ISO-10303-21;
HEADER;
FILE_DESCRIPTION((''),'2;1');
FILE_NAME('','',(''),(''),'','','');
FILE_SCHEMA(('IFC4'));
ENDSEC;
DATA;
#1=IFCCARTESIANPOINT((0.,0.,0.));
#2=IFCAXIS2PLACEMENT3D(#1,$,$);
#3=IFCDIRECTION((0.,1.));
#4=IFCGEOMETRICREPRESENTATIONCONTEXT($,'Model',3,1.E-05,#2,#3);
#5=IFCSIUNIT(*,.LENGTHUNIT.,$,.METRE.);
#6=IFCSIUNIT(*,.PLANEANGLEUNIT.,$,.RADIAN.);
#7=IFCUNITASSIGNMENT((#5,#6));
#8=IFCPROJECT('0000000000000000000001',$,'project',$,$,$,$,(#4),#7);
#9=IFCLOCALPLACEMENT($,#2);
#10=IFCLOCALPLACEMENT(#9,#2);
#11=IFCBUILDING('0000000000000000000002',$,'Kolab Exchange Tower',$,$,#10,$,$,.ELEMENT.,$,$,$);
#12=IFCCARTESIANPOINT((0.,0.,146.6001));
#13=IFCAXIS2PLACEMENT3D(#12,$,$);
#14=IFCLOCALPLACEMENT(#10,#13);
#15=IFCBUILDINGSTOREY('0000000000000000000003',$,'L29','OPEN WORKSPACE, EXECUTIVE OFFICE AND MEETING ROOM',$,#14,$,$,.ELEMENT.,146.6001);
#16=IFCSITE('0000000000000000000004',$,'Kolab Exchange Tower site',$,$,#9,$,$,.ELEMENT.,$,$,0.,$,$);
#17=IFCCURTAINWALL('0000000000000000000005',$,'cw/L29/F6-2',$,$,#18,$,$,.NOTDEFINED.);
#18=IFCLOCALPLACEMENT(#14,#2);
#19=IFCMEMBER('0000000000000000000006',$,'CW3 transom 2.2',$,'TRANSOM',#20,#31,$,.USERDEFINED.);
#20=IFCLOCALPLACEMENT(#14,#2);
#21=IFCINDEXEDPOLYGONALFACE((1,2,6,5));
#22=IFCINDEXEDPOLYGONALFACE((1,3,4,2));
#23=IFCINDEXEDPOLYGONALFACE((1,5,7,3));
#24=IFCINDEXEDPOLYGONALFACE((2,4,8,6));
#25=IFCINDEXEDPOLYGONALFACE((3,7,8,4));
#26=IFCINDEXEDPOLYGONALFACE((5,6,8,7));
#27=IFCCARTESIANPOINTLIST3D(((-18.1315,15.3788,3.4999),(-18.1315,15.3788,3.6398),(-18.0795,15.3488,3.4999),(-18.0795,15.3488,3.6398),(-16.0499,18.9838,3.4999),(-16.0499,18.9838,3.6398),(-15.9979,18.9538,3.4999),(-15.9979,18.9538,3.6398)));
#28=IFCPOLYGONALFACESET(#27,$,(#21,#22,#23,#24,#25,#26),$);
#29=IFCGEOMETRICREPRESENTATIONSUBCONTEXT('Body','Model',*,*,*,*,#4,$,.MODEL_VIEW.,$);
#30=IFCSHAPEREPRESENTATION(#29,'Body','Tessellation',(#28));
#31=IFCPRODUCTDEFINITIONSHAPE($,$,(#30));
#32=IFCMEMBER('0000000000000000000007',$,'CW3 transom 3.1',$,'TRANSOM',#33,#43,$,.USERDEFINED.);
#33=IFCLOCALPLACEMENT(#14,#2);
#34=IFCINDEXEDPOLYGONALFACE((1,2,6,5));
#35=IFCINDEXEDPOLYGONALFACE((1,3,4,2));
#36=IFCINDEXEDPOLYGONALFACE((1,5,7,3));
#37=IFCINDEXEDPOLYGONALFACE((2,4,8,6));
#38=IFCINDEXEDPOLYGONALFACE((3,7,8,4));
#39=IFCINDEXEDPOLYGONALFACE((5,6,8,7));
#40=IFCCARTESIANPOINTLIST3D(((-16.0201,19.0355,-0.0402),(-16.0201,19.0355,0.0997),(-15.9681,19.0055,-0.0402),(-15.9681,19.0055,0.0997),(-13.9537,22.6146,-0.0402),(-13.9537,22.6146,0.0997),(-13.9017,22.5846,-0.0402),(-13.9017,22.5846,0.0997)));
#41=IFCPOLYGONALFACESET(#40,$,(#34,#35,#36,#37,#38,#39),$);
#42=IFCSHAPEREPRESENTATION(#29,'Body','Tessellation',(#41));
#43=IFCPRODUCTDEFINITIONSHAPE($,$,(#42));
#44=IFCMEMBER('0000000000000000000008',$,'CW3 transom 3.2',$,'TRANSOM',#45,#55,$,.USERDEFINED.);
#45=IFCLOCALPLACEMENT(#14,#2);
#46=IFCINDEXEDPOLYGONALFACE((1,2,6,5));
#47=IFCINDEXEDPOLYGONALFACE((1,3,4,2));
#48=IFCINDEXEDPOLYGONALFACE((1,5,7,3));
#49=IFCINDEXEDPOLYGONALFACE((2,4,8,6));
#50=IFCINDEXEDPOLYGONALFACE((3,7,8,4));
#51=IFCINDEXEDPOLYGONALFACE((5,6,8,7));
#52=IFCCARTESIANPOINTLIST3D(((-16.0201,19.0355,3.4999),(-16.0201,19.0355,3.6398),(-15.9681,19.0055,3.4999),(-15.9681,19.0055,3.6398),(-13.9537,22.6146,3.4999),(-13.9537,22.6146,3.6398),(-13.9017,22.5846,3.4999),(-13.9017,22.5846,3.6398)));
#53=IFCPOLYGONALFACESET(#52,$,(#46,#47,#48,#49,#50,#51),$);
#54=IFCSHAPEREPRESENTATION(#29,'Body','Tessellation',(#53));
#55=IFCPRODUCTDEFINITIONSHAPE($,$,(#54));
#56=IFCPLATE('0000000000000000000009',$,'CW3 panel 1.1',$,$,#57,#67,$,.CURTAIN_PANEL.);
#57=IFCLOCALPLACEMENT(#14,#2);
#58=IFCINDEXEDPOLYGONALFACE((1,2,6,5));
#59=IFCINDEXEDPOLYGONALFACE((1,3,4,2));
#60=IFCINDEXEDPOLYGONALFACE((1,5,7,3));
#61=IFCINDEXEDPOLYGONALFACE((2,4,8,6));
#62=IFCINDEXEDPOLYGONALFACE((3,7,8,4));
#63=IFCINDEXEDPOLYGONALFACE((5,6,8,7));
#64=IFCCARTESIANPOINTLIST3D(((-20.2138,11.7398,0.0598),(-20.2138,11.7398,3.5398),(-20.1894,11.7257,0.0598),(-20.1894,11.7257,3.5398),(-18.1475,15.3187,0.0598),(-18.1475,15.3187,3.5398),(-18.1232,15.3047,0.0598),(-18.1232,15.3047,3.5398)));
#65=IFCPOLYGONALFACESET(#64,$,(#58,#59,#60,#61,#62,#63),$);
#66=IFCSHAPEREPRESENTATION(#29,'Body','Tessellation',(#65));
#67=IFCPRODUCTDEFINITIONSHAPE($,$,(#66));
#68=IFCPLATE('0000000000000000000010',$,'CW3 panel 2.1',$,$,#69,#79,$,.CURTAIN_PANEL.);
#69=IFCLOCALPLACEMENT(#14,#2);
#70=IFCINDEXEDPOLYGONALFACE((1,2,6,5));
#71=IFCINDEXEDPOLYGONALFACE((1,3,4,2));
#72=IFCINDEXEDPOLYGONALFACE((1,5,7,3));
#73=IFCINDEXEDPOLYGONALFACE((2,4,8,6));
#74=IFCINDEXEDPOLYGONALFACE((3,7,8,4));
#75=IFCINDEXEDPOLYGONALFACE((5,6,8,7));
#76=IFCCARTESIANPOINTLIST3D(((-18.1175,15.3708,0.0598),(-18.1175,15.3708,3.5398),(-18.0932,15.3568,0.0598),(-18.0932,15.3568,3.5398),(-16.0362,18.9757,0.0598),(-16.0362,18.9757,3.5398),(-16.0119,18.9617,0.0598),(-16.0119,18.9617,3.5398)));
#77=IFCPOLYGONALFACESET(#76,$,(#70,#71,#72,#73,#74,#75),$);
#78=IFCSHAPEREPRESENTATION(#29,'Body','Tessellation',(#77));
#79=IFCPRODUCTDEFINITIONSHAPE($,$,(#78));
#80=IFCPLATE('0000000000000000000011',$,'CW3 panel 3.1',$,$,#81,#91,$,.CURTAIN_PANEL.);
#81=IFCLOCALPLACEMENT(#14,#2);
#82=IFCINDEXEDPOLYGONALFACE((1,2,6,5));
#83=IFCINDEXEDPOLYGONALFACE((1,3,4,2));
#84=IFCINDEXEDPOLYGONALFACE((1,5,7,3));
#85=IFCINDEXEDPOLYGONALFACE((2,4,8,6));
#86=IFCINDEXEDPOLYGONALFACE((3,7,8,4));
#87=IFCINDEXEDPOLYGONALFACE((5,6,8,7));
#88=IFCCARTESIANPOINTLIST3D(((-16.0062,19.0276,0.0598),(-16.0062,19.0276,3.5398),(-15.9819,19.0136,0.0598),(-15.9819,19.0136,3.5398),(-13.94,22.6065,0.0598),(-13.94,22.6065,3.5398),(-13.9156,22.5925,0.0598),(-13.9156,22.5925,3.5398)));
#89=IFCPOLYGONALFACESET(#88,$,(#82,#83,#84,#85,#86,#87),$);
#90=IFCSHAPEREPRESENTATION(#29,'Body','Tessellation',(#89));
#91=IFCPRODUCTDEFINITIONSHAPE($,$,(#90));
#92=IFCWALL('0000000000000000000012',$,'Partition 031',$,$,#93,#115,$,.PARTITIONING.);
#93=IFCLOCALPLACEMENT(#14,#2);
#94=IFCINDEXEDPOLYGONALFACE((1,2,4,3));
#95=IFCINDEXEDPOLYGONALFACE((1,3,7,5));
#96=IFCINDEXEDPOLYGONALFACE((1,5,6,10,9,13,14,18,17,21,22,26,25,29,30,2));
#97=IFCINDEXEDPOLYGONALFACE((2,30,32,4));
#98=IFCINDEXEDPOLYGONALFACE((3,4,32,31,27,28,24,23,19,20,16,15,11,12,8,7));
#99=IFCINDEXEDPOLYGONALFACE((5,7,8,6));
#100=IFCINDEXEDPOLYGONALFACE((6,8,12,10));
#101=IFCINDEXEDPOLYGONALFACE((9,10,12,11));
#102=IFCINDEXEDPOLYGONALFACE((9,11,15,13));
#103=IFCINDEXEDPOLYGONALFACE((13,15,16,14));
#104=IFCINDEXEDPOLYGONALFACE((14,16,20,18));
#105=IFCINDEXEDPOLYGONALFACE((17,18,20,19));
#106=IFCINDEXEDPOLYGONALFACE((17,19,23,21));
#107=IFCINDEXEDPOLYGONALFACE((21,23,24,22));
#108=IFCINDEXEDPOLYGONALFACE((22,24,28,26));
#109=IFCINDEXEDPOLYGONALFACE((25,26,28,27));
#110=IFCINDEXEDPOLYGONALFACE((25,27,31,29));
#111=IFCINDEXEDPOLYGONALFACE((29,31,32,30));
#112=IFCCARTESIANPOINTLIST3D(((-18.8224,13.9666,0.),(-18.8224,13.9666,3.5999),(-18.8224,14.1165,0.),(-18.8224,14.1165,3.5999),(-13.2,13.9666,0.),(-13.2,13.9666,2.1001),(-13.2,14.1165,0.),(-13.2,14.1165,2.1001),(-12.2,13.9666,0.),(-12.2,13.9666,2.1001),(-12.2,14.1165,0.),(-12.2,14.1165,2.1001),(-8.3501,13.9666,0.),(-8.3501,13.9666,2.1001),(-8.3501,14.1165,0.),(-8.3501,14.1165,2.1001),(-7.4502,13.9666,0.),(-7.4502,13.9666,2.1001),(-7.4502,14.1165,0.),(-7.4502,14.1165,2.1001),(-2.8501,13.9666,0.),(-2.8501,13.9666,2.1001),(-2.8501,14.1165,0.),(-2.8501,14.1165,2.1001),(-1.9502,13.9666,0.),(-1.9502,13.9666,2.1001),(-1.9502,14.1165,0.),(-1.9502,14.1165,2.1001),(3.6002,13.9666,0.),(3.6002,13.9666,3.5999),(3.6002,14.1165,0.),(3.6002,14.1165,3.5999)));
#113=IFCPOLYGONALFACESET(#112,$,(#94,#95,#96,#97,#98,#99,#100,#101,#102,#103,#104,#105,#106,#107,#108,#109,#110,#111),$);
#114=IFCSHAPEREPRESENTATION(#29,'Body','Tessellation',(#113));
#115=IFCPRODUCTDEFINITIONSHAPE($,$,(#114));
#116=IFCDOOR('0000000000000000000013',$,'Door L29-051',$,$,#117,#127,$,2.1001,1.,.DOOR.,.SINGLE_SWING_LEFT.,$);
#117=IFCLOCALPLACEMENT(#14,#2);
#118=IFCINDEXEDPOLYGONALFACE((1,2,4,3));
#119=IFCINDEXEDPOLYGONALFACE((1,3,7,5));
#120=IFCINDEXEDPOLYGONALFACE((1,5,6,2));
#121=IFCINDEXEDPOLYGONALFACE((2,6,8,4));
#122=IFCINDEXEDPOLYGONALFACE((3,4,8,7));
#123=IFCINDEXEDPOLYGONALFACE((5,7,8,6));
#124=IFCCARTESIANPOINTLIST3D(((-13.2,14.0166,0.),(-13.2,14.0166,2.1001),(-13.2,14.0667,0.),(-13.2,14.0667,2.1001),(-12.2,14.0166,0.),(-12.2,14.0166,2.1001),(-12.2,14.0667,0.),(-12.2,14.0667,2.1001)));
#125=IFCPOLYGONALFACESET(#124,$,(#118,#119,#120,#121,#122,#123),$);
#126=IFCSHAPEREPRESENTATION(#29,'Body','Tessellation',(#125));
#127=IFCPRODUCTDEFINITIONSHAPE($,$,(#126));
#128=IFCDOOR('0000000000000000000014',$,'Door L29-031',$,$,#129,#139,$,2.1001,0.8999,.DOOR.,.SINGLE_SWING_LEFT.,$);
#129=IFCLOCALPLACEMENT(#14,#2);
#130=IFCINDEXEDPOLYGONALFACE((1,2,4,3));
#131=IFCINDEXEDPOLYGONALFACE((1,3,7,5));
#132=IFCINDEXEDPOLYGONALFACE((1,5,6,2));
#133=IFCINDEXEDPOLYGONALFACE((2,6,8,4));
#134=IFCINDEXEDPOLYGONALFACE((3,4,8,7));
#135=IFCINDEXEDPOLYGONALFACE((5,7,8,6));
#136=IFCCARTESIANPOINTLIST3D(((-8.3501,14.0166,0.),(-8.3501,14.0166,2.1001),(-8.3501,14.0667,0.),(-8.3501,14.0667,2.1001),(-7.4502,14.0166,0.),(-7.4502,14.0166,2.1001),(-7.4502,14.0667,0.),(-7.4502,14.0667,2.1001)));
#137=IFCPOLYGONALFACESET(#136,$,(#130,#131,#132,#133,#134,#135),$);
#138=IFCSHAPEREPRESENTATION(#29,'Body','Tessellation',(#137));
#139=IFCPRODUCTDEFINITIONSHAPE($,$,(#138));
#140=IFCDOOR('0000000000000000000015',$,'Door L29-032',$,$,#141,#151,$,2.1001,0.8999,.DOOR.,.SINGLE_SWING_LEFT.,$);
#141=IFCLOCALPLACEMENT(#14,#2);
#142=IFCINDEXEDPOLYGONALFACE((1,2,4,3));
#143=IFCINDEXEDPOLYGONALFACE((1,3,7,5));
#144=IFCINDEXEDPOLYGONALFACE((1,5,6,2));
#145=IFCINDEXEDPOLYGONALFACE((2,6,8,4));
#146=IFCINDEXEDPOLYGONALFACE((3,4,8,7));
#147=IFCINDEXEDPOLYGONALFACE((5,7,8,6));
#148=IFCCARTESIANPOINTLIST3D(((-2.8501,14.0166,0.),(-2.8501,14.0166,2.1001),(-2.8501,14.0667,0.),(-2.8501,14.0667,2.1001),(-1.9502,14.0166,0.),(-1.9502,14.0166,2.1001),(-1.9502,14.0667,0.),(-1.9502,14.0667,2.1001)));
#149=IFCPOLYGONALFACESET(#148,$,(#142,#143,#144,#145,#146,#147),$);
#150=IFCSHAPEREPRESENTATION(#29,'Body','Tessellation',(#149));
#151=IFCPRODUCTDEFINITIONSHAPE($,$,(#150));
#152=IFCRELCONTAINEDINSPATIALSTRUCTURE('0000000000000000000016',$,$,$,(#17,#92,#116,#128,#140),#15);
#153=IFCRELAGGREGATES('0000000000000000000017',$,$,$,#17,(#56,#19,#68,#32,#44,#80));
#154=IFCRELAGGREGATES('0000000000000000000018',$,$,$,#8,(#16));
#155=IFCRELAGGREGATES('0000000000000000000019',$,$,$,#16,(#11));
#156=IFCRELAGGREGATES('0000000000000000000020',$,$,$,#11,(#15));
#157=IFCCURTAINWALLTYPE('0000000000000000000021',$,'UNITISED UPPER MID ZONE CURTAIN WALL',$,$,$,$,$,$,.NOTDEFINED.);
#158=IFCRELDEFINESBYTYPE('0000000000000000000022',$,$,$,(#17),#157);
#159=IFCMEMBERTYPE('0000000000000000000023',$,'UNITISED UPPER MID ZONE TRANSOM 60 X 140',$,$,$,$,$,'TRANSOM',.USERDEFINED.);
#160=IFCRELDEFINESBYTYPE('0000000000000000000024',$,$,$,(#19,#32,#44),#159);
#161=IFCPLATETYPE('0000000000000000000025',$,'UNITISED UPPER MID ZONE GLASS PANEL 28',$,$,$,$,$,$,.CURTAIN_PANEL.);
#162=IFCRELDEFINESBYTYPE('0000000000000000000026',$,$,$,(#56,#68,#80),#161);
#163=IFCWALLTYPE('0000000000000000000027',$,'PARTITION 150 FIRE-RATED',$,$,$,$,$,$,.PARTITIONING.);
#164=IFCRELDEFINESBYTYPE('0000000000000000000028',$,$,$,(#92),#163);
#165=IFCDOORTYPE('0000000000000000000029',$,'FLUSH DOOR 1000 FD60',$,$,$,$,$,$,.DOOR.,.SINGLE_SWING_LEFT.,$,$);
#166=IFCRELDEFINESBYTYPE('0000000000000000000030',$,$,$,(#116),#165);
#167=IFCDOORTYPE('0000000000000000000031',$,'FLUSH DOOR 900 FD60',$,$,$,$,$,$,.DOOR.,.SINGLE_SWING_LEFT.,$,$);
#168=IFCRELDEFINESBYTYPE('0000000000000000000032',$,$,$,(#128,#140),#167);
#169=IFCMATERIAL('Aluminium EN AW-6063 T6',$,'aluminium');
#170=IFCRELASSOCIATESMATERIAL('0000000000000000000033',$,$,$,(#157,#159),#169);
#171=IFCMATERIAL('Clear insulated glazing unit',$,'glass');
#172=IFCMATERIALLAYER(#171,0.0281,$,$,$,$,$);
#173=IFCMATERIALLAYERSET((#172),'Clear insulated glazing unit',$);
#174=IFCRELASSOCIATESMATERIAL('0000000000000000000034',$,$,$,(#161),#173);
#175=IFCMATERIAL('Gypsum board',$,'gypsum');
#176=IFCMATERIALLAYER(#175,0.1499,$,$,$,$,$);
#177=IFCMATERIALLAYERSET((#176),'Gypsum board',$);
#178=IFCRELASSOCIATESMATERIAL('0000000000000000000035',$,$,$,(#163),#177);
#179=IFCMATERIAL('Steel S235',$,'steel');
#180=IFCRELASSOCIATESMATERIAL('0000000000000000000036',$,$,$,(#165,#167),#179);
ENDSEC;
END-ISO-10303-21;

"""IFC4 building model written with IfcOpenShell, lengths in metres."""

from ifc_helpers import new_model, si_unit, direction, frame, frame_2d, origin, origin_2d, place, context, subcontext, project, spatial, rectangle, extrude, material, layer, layer_set, material_profile, profile_set, type_object, element, fill, aggregate, save


model = new_model("IFC4")

# Units and contexts
model_context = context("Model", 3, precision=1e-05, world=origin(), true_north=direction((0.0, 1.0)))
body_context = subcontext(model_context, "Body", "Model", "MODEL_VIEW")
ifc_project = project(units=[si_unit("LENGTHUNIT", "METRE"), si_unit("PLANEANGLEUNIT", "RADIAN")], contexts=[model_context])

# Site, building, storey
site_placement = place(None, origin())
site = spatial("IfcSite", under=ifc_project, at=site_placement, Name="Kolab Exchange Tower site", CompositionType="ELEMENT", RefElevation=0.0)
building_placement = place(site_placement, origin())
building = spatial("IfcBuilding", under=site, at=building_placement, Name="Kolab Exchange Tower", CompositionType="ELEMENT")
storey_placement = place(building_placement, frame((0.0, 0.0, 146.6001)))
storey = spatial("IfcBuildingStorey", under=building, at=storey_placement, Name="L29", Description="OPEN WORKSPACE, EXECUTIVE OFFICE AND MEETING ROOM", CompositionType="ELEMENT", Elevation=146.6001)

# Curtain wall, members, plates
ifc_material_1 = material(Name="Aluminium EN AW-6063 T6", Category="aluminium")
curtain_wall_type = type_object("IfcCurtainWallType", Name="UNITISED UPPER MID ZONE CURTAIN WALL", PredefinedType="NOTDEFINED", material=ifc_material_1)
curtain_wall_placement = place(storey_placement, origin())
curtain_wall = element("IfcCurtainWall", 1, at=curtain_wall_placement, inside=storey, type_object=curtain_wall_type, Name="cw/L29/F6-2", PredefinedType="NOTDEFINED")
ifc_material_profile_1 = material_profile(ifc_material_1, rectangle(XDim=0.0601, YDim=0.1399, at=origin_2d()), Name="RECT 60X140")
ifc_profile_set_1 = profile_set([ifc_material_profile_1], Name="Aluminium EN AW-6063 T6")
member_type_1 = type_object("IfcMemberType", Name="UNITISED UPPER MID ZONE TRANSOM 60 X 140", ElementType="TRANSOM", PredefinedType="USERDEFINED", material=ifc_profile_set_1)
member_1_placement = place(storey_placement, frame((-18.1055, 15.3638, 3.5698), z_axis=(0.500037, 0.866004, 0.0), x_axis=(-0.866004, 0.500037, 0.0)))
member_1 = element("IfcMember", 2, at=member_1_placement, type_object=member_type_1, Name="CW3 transom 2.2", ObjectType="TRANSOM", PredefinedType="USERDEFINED", context=body_context, shape_type="SweptSolid", body=[
    extrude(rectangle(XDim=0.0601, YDim=0.1399, at=origin_2d()), origin(), (0.0, 0.0, 1.0), 4.1628),
])
member_2_placement = place(storey_placement, frame((-15.9941, 19.0205, 0.0298), z_axis=(0.500002, 0.866024, 0.0), x_axis=(-0.866024, 0.500002, 0.0)))
member_2 = element("IfcMember", 3, at=member_2_placement, type_object=member_type_1, Name="CW3 transom 3.1", ObjectType="TRANSOM", PredefinedType="USERDEFINED", context=body_context, shape_type="SweptSolid", body=[
    extrude(rectangle(XDim=0.0601, YDim=0.1399, at=origin_2d()), origin(), (0.0, 0.0, 1.0), 4.1328),
])
member_3_placement = place(storey_placement, frame((-15.9941, 19.0205, 3.5698), z_axis=(0.500002, 0.866024, 0.0), x_axis=(-0.866024, 0.500002, 0.0)))
member_3 = element("IfcMember", 4, at=member_3_placement, type_object=member_type_1, Name="CW3 transom 3.2", ObjectType="TRANSOM", PredefinedType="USERDEFINED", context=body_context, shape_type="SweptSolid", body=[
    extrude(rectangle(XDim=0.0601, YDim=0.1399, at=origin_2d()), origin(), (0.0, 0.0, 1.0), 4.1328),
])
ifc_material_2 = material(Name="Clear insulated glazing unit", Category="glass")
ifc_layer_1 = layer(ifc_material_2, 0.0281)
ifc_layer_set_1 = layer_set([ifc_layer_1], Name="Clear insulated glazing unit")
plate_type = type_object("IfcPlateType", Name="UNITISED UPPER MID ZONE GLASS PANEL 28", PredefinedType="CURTAIN_PANEL", material=ifc_layer_set_1)
plate_1_placement = place(storey_placement, frame((-19.1685, 13.5222, 0.0598), z_axis=(0.0, 0.0, 1.0), x_axis=(0.5, 0.866025, 0.0)))
plate_1 = element("IfcPlate", 5, at=plate_1_placement, type_object=plate_type, Name="CW3 panel 1.1", PredefinedType="CURTAIN_PANEL", context=body_context, shape_type="SweptSolid", body=[
    extrude(rectangle(XDim=4.1326, YDim=0.0281, at=origin_2d()), origin(), (0.0, 0.0, 1.0), 3.48),
])
plate_2_placement = place(storey_placement, frame((-17.0647, 17.1663, 0.0598), z_axis=(0.0, 0.0, 1.0), x_axis=(0.5, 0.866025, 0.0)))
plate_2 = element("IfcPlate", 6, at=plate_2_placement, type_object=plate_type, Name="CW3 panel 2.1", PredefinedType="CURTAIN_PANEL", context=body_context, shape_type="SweptSolid", body=[
    extrude(rectangle(XDim=4.1626, YDim=0.0281, at=origin_2d()), origin(), (0.0, 0.0, 1.0), 3.48),
])
plate_3_placement = place(storey_placement, frame((-14.9609, 20.8101, 0.0598), z_axis=(0.0, 0.0, 1.0), x_axis=(0.5, 0.866025, 0.0)))
plate_3 = element("IfcPlate", 7, at=plate_3_placement, type_object=plate_type, Name="CW3 panel 3.1", PredefinedType="CURTAIN_PANEL", context=body_context, shape_type="SweptSolid", body=[
    extrude(rectangle(XDim=4.1326, YDim=0.0281, at=origin_2d()), origin(), (0.0, 0.0, 1.0), 3.48),
])
aggregate(curtain_wall, [plate_1, member_1, plate_2, member_2, member_3, plate_3])

# Wall, openings, doors
ifc_material_3 = material(Name="Gypsum board", Category="gypsum")
ifc_layer_2 = layer(ifc_material_3, 0.1499)
ifc_layer_set_2 = layer_set([ifc_layer_2], Name="Gypsum board")
wall_type = type_object("IfcWallType", Name="PARTITION 150 FIRE-RATED", PredefinedType="PARTITIONING", material=ifc_layer_set_2)
wall_1_placement = place(storey_placement, frame((-18.8225, 14.0415, 0.0), z_axis=(0.0, 0.0, 1.0), x_axis=(1.0, 0.0, 0.0)))
wall_1 = element("IfcWall", 8, at=wall_1_placement, inside=storey, type_object=wall_type, Name="Partition 031", PredefinedType="PARTITIONING", context=body_context, shape_type="SweptSolid", body=[
    extrude(rectangle(XDim=22.4226, YDim=0.1499, at=frame_2d((11.2114, 0.0))), origin(), (0.0, 0.0, 1.0), 3.5999),
])
opening_1_placement = place(wall_1_placement, frame((10.4724, 0.0, 0.0)))
opening_1 = element("IfcOpeningElement", 9, at=opening_1_placement, cuts=wall_1, PredefinedType="OPENING", context=body_context, shape_type="SweptSolid", body=[
    extrude(rectangle(XDim=0.8999, YDim=2.1001, at=frame_2d((0.45, 1.05))), frame((0.0, 0.085, 0.0), z_axis=(0.0, -1.0, 0.0), x_axis=(1.0, 0.0, 0.0)), (0.0, 0.0, 1.0), 0.1699),
])
opening_2_placement = place(wall_1_placement, frame((15.9724, 0.0, 0.0)))
opening_2 = element("IfcOpeningElement", 10, at=opening_2_placement, cuts=wall_1, PredefinedType="OPENING", context=body_context, shape_type="SweptSolid", body=[
    extrude(rectangle(XDim=0.8999, YDim=2.1001, at=frame_2d((0.45, 1.05))), frame((0.0, 0.085, 0.0), z_axis=(0.0, -1.0, 0.0), x_axis=(1.0, 0.0, 0.0)), (0.0, 0.0, 1.0), 0.1699),
])
opening_3_placement = place(wall_1_placement, frame((5.6226, 0.0, 0.0)))
opening_3 = element("IfcOpeningElement", 11, at=opening_3_placement, cuts=wall_1, PredefinedType="OPENING", context=body_context, shape_type="SweptSolid", body=[
    extrude(rectangle(XDim=1.0, YDim=2.1001, at=frame_2d((0.5, 1.05))), frame((0.0, 0.085, 0.0), z_axis=(0.0, -1.0, 0.0), x_axis=(1.0, 0.0, 0.0)), (0.0, 0.0, 1.0), 0.1699),
])
ifc_material_4 = material(Name="Steel S235", Category="steel")
door_type_1 = type_object("IfcDoorType", Name="FLUSH DOOR 1000 FD60", OperationType="SINGLE_SWING_LEFT", PredefinedType="DOOR", material=ifc_material_4)
door_1_placement = place(opening_3_placement, frame((1.0, 0.0, 0.0), z_axis=(0.0, 0.0, 1.0), x_axis=(-1.0, 0.0, 0.0)))
door_1 = element("IfcDoor", 12, at=door_1_placement, inside=storey, type_object=door_type_1, Name="Door L29-051", OperationType="SINGLE_SWING_LEFT", OverallHeight=2.1001, OverallWidth=1.0, PredefinedType="DOOR", context=body_context, shape_type="SweptSolid", body=[
    extrude(rectangle(XDim=1.0, YDim=2.1001, at=frame_2d((0.5, 1.05))), frame((0.0, 0.0249, 0.0), z_axis=(0.0, -1.0, 0.0), x_axis=(1.0, 0.0, 0.0)), (0.0, 0.0, 1.0), 0.05),
])
fill(opening_3, door_1)
door_type_2 = type_object("IfcDoorType", Name="FLUSH DOOR 900 FD60", OperationType="SINGLE_SWING_LEFT", PredefinedType="DOOR", material=ifc_material_4)
door_2_placement = place(opening_1_placement, frame((0.8999, 0.0, 0.0), z_axis=(0.0, 0.0, 1.0), x_axis=(-1.0, 0.0, 0.0)))
door_2 = element("IfcDoor", 13, at=door_2_placement, inside=storey, type_object=door_type_2, Name="Door L29-031", OperationType="SINGLE_SWING_LEFT", OverallHeight=2.1001, OverallWidth=0.8999, PredefinedType="DOOR", context=body_context, shape_type="SweptSolid", body=[
    extrude(rectangle(XDim=0.8999, YDim=2.1001, at=frame_2d((0.45, 1.05))), frame((0.0, 0.0249, 0.0), z_axis=(0.0, -1.0, 0.0), x_axis=(1.0, 0.0, 0.0)), (0.0, 0.0, 1.0), 0.05),
])
fill(opening_1, door_2)
door_3_placement = place(opening_2_placement, frame((0.8999, 0.0, 0.0), z_axis=(0.0, 0.0, 1.0), x_axis=(-1.0, 0.0, 0.0)))
door_3 = element("IfcDoor", 14, at=door_3_placement, inside=storey, type_object=door_type_2, Name="Door L29-032", OperationType="SINGLE_SWING_LEFT", OverallHeight=2.1001, OverallWidth=0.8999, PredefinedType="DOOR", context=body_context, shape_type="SweptSolid", body=[
    extrude(rectangle(XDim=0.8999, YDim=2.1001, at=frame_2d((0.45, 1.05))), frame((0.0, 0.0249, 0.0), z_axis=(0.0, -1.0, 0.0), x_axis=(1.0, 0.0, 0.0)), (0.0, 0.0, 1.0), 0.05),
])
fill(opening_2, door_3)

save(model, "model.ifc")
